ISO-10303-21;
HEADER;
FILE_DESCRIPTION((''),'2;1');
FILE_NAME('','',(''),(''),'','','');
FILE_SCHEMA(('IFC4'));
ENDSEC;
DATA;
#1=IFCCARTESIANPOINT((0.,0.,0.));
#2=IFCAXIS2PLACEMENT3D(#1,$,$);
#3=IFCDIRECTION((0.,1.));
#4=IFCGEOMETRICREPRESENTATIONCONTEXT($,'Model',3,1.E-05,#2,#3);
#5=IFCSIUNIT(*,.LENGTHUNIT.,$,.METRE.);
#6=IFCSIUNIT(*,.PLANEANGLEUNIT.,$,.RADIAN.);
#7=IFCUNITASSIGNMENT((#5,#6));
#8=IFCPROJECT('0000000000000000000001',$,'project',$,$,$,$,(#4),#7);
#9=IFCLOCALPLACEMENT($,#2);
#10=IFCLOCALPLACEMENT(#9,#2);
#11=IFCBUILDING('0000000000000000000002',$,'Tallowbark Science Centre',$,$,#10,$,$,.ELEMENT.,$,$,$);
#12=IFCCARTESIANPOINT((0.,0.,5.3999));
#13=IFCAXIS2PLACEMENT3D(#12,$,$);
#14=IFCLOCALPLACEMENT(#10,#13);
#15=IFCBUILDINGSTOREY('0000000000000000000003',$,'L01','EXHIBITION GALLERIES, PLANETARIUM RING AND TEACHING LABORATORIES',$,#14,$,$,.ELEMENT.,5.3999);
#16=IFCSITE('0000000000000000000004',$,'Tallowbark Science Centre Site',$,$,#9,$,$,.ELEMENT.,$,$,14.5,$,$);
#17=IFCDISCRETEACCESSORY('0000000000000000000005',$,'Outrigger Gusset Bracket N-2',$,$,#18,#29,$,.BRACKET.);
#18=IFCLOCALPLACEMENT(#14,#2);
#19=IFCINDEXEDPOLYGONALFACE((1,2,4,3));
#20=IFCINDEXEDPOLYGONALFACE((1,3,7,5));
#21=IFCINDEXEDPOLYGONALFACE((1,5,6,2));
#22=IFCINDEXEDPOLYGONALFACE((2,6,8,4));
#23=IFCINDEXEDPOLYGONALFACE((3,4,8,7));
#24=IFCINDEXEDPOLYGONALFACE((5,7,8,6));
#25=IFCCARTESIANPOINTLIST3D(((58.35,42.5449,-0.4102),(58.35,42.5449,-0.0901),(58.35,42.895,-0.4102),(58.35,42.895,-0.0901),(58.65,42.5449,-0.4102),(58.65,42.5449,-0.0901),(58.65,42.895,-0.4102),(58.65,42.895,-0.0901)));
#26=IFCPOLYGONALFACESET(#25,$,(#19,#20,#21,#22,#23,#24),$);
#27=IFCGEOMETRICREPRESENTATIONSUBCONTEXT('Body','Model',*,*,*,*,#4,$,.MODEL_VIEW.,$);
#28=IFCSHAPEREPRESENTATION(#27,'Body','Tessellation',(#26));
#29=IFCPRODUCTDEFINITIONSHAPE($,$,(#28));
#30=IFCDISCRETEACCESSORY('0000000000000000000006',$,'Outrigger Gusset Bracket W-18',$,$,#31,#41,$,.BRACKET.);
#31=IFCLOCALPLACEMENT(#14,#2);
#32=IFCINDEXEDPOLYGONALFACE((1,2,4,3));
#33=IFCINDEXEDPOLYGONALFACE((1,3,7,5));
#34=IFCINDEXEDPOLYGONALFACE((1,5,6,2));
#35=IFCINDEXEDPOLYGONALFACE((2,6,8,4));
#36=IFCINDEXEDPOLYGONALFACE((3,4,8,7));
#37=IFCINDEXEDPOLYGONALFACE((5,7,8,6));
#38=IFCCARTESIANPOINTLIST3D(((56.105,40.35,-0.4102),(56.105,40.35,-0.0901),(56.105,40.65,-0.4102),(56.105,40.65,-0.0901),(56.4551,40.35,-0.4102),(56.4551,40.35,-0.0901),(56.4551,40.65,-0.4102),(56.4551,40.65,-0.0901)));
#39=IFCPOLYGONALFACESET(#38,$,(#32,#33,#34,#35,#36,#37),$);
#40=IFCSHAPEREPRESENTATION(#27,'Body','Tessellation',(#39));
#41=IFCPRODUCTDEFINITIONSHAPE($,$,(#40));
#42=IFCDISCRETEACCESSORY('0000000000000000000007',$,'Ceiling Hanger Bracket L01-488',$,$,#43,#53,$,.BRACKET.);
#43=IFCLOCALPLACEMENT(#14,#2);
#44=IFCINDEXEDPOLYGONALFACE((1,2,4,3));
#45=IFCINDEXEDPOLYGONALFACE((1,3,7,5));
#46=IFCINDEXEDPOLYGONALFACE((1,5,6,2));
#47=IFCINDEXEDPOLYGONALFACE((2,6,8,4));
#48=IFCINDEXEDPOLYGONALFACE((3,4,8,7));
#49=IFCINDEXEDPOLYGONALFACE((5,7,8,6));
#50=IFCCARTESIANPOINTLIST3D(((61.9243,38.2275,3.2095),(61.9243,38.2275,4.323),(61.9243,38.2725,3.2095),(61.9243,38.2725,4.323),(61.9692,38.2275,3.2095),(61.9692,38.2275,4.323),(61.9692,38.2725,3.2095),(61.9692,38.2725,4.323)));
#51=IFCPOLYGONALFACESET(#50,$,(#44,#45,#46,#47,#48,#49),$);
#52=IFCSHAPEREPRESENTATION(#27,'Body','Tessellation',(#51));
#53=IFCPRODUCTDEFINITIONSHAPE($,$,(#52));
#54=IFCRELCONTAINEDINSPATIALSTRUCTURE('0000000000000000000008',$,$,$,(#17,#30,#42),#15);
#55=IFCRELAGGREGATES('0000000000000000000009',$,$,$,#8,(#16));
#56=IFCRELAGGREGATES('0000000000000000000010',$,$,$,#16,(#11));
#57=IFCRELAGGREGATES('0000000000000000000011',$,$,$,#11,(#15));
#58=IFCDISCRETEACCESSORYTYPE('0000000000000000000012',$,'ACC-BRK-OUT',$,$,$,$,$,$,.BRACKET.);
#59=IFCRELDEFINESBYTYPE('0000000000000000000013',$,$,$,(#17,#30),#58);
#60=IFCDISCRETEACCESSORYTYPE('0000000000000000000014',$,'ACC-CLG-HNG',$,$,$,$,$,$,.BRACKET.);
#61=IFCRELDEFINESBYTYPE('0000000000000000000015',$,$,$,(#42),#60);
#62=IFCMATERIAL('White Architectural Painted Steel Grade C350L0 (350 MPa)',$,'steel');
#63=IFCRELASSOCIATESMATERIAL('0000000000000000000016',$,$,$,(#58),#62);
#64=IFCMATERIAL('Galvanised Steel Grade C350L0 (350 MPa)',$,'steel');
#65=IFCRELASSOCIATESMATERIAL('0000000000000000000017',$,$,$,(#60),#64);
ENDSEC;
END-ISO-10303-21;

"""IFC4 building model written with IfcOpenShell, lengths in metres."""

from ifc_helpers import new_model, si_unit, direction, frame, origin, origin_2d, place, context, subcontext, project, spatial, rectangle, extrude, material, type_object, element, save


model = new_model("IFC4")

# Units and contexts
model_context = context("Model", 3, precision=1e-05, world=origin(), true_north=direction((0.0, 1.0)))
body_context = subcontext(model_context, "Body", "Model", "MODEL_VIEW")
ifc_project = project(units=[si_unit("LENGTHUNIT", "METRE"), si_unit("PLANEANGLEUNIT", "RADIAN")], contexts=[model_context])

# Site, building, storey
site_placement = place(None, origin())
site = spatial("IfcSite", under=ifc_project, at=site_placement, Name="Tallowbark Science Centre Site", CompositionType="ELEMENT", RefElevation=14.5)
building_placement = place(site_placement, origin())
building = spatial("IfcBuilding", under=site, at=building_placement, Name="Tallowbark Science Centre", CompositionType="ELEMENT")
storey_placement = place(building_placement, frame((0.0, 0.0, 5.3999)))
storey = spatial("IfcBuildingStorey", under=building, at=storey_placement, Name="L01", Description="EXHIBITION GALLERIES, PLANETARIUM RING AND TEACHING LABORATORIES", CompositionType="ELEMENT", Elevation=5.3999)

# Shared definitions
ifc_material_1 = material(Name="White Architectural Painted Steel Grade C350L0 (350 MPa)", Category="steel")

# Discrete accessories
discrete_accessory_type_1 = type_object("IfcDiscreteAccessoryType", Name="ACC-BRK-OUT", PredefinedType="BRACKET", material=ifc_material_1)
discrete_accessory_1_placement = place(storey_placement, frame((58.5, 42.72, -0.4102), z_axis=(0.0, 0.0, 1.0), x_axis=(1.0, 0.0, 0.0)))
element("IfcDiscreteAccessory", 1, at=discrete_accessory_1_placement, inside=storey, type_object=discrete_accessory_type_1, Name="Outrigger Gusset Bracket N-2", PredefinedType="BRACKET", context=body_context, shape_type="SweptSolid", body=[
    extrude(rectangle(XDim=0.3, YDim=0.3501, at=origin_2d()), origin(), (0.0, 0.0, 1.0), 0.3201),
])
discrete_accessory_2_placement = place(storey_placement, frame((56.28, 40.5, -0.4102), z_axis=(0.0, 0.0, 1.0), x_axis=(1.0, 0.0, 0.0)))
element("IfcDiscreteAccessory", 2, at=discrete_accessory_2_placement, inside=storey, type_object=discrete_accessory_type_1, Name="Outrigger Gusset Bracket W-18", PredefinedType="BRACKET", context=body_context, shape_type="SweptSolid", body=[
    extrude(rectangle(XDim=0.3501, YDim=0.3, at=origin_2d()), origin(), (0.0, 0.0, 1.0), 0.3201),
])
ifc_material_2 = material(Name="Galvanised Steel Grade C350L0 (350 MPa)", Category="steel")
discrete_accessory_type_2 = type_object("IfcDiscreteAccessoryType", Name="ACC-CLG-HNG", PredefinedType="BRACKET", material=ifc_material_2)
discrete_accessory_3_placement = place(storey_placement, frame((61.9468, 38.25, 3.2095), z_axis=(0.0, 0.0, 1.0), x_axis=(1.0, 0.0, 0.0)))
element("IfcDiscreteAccessory", 3, at=discrete_accessory_3_placement, inside=storey, type_object=discrete_accessory_type_2, Name="Ceiling Hanger Bracket L01-488", PredefinedType="BRACKET", context=body_context, shape_type="SweptSolid", body=[
    extrude(rectangle(XDim=0.0449, YDim=0.0449, at=origin_2d()), origin(), (0.0, 0.0, 1.0), 1.1135),
])

save(model, "model.ifc")
